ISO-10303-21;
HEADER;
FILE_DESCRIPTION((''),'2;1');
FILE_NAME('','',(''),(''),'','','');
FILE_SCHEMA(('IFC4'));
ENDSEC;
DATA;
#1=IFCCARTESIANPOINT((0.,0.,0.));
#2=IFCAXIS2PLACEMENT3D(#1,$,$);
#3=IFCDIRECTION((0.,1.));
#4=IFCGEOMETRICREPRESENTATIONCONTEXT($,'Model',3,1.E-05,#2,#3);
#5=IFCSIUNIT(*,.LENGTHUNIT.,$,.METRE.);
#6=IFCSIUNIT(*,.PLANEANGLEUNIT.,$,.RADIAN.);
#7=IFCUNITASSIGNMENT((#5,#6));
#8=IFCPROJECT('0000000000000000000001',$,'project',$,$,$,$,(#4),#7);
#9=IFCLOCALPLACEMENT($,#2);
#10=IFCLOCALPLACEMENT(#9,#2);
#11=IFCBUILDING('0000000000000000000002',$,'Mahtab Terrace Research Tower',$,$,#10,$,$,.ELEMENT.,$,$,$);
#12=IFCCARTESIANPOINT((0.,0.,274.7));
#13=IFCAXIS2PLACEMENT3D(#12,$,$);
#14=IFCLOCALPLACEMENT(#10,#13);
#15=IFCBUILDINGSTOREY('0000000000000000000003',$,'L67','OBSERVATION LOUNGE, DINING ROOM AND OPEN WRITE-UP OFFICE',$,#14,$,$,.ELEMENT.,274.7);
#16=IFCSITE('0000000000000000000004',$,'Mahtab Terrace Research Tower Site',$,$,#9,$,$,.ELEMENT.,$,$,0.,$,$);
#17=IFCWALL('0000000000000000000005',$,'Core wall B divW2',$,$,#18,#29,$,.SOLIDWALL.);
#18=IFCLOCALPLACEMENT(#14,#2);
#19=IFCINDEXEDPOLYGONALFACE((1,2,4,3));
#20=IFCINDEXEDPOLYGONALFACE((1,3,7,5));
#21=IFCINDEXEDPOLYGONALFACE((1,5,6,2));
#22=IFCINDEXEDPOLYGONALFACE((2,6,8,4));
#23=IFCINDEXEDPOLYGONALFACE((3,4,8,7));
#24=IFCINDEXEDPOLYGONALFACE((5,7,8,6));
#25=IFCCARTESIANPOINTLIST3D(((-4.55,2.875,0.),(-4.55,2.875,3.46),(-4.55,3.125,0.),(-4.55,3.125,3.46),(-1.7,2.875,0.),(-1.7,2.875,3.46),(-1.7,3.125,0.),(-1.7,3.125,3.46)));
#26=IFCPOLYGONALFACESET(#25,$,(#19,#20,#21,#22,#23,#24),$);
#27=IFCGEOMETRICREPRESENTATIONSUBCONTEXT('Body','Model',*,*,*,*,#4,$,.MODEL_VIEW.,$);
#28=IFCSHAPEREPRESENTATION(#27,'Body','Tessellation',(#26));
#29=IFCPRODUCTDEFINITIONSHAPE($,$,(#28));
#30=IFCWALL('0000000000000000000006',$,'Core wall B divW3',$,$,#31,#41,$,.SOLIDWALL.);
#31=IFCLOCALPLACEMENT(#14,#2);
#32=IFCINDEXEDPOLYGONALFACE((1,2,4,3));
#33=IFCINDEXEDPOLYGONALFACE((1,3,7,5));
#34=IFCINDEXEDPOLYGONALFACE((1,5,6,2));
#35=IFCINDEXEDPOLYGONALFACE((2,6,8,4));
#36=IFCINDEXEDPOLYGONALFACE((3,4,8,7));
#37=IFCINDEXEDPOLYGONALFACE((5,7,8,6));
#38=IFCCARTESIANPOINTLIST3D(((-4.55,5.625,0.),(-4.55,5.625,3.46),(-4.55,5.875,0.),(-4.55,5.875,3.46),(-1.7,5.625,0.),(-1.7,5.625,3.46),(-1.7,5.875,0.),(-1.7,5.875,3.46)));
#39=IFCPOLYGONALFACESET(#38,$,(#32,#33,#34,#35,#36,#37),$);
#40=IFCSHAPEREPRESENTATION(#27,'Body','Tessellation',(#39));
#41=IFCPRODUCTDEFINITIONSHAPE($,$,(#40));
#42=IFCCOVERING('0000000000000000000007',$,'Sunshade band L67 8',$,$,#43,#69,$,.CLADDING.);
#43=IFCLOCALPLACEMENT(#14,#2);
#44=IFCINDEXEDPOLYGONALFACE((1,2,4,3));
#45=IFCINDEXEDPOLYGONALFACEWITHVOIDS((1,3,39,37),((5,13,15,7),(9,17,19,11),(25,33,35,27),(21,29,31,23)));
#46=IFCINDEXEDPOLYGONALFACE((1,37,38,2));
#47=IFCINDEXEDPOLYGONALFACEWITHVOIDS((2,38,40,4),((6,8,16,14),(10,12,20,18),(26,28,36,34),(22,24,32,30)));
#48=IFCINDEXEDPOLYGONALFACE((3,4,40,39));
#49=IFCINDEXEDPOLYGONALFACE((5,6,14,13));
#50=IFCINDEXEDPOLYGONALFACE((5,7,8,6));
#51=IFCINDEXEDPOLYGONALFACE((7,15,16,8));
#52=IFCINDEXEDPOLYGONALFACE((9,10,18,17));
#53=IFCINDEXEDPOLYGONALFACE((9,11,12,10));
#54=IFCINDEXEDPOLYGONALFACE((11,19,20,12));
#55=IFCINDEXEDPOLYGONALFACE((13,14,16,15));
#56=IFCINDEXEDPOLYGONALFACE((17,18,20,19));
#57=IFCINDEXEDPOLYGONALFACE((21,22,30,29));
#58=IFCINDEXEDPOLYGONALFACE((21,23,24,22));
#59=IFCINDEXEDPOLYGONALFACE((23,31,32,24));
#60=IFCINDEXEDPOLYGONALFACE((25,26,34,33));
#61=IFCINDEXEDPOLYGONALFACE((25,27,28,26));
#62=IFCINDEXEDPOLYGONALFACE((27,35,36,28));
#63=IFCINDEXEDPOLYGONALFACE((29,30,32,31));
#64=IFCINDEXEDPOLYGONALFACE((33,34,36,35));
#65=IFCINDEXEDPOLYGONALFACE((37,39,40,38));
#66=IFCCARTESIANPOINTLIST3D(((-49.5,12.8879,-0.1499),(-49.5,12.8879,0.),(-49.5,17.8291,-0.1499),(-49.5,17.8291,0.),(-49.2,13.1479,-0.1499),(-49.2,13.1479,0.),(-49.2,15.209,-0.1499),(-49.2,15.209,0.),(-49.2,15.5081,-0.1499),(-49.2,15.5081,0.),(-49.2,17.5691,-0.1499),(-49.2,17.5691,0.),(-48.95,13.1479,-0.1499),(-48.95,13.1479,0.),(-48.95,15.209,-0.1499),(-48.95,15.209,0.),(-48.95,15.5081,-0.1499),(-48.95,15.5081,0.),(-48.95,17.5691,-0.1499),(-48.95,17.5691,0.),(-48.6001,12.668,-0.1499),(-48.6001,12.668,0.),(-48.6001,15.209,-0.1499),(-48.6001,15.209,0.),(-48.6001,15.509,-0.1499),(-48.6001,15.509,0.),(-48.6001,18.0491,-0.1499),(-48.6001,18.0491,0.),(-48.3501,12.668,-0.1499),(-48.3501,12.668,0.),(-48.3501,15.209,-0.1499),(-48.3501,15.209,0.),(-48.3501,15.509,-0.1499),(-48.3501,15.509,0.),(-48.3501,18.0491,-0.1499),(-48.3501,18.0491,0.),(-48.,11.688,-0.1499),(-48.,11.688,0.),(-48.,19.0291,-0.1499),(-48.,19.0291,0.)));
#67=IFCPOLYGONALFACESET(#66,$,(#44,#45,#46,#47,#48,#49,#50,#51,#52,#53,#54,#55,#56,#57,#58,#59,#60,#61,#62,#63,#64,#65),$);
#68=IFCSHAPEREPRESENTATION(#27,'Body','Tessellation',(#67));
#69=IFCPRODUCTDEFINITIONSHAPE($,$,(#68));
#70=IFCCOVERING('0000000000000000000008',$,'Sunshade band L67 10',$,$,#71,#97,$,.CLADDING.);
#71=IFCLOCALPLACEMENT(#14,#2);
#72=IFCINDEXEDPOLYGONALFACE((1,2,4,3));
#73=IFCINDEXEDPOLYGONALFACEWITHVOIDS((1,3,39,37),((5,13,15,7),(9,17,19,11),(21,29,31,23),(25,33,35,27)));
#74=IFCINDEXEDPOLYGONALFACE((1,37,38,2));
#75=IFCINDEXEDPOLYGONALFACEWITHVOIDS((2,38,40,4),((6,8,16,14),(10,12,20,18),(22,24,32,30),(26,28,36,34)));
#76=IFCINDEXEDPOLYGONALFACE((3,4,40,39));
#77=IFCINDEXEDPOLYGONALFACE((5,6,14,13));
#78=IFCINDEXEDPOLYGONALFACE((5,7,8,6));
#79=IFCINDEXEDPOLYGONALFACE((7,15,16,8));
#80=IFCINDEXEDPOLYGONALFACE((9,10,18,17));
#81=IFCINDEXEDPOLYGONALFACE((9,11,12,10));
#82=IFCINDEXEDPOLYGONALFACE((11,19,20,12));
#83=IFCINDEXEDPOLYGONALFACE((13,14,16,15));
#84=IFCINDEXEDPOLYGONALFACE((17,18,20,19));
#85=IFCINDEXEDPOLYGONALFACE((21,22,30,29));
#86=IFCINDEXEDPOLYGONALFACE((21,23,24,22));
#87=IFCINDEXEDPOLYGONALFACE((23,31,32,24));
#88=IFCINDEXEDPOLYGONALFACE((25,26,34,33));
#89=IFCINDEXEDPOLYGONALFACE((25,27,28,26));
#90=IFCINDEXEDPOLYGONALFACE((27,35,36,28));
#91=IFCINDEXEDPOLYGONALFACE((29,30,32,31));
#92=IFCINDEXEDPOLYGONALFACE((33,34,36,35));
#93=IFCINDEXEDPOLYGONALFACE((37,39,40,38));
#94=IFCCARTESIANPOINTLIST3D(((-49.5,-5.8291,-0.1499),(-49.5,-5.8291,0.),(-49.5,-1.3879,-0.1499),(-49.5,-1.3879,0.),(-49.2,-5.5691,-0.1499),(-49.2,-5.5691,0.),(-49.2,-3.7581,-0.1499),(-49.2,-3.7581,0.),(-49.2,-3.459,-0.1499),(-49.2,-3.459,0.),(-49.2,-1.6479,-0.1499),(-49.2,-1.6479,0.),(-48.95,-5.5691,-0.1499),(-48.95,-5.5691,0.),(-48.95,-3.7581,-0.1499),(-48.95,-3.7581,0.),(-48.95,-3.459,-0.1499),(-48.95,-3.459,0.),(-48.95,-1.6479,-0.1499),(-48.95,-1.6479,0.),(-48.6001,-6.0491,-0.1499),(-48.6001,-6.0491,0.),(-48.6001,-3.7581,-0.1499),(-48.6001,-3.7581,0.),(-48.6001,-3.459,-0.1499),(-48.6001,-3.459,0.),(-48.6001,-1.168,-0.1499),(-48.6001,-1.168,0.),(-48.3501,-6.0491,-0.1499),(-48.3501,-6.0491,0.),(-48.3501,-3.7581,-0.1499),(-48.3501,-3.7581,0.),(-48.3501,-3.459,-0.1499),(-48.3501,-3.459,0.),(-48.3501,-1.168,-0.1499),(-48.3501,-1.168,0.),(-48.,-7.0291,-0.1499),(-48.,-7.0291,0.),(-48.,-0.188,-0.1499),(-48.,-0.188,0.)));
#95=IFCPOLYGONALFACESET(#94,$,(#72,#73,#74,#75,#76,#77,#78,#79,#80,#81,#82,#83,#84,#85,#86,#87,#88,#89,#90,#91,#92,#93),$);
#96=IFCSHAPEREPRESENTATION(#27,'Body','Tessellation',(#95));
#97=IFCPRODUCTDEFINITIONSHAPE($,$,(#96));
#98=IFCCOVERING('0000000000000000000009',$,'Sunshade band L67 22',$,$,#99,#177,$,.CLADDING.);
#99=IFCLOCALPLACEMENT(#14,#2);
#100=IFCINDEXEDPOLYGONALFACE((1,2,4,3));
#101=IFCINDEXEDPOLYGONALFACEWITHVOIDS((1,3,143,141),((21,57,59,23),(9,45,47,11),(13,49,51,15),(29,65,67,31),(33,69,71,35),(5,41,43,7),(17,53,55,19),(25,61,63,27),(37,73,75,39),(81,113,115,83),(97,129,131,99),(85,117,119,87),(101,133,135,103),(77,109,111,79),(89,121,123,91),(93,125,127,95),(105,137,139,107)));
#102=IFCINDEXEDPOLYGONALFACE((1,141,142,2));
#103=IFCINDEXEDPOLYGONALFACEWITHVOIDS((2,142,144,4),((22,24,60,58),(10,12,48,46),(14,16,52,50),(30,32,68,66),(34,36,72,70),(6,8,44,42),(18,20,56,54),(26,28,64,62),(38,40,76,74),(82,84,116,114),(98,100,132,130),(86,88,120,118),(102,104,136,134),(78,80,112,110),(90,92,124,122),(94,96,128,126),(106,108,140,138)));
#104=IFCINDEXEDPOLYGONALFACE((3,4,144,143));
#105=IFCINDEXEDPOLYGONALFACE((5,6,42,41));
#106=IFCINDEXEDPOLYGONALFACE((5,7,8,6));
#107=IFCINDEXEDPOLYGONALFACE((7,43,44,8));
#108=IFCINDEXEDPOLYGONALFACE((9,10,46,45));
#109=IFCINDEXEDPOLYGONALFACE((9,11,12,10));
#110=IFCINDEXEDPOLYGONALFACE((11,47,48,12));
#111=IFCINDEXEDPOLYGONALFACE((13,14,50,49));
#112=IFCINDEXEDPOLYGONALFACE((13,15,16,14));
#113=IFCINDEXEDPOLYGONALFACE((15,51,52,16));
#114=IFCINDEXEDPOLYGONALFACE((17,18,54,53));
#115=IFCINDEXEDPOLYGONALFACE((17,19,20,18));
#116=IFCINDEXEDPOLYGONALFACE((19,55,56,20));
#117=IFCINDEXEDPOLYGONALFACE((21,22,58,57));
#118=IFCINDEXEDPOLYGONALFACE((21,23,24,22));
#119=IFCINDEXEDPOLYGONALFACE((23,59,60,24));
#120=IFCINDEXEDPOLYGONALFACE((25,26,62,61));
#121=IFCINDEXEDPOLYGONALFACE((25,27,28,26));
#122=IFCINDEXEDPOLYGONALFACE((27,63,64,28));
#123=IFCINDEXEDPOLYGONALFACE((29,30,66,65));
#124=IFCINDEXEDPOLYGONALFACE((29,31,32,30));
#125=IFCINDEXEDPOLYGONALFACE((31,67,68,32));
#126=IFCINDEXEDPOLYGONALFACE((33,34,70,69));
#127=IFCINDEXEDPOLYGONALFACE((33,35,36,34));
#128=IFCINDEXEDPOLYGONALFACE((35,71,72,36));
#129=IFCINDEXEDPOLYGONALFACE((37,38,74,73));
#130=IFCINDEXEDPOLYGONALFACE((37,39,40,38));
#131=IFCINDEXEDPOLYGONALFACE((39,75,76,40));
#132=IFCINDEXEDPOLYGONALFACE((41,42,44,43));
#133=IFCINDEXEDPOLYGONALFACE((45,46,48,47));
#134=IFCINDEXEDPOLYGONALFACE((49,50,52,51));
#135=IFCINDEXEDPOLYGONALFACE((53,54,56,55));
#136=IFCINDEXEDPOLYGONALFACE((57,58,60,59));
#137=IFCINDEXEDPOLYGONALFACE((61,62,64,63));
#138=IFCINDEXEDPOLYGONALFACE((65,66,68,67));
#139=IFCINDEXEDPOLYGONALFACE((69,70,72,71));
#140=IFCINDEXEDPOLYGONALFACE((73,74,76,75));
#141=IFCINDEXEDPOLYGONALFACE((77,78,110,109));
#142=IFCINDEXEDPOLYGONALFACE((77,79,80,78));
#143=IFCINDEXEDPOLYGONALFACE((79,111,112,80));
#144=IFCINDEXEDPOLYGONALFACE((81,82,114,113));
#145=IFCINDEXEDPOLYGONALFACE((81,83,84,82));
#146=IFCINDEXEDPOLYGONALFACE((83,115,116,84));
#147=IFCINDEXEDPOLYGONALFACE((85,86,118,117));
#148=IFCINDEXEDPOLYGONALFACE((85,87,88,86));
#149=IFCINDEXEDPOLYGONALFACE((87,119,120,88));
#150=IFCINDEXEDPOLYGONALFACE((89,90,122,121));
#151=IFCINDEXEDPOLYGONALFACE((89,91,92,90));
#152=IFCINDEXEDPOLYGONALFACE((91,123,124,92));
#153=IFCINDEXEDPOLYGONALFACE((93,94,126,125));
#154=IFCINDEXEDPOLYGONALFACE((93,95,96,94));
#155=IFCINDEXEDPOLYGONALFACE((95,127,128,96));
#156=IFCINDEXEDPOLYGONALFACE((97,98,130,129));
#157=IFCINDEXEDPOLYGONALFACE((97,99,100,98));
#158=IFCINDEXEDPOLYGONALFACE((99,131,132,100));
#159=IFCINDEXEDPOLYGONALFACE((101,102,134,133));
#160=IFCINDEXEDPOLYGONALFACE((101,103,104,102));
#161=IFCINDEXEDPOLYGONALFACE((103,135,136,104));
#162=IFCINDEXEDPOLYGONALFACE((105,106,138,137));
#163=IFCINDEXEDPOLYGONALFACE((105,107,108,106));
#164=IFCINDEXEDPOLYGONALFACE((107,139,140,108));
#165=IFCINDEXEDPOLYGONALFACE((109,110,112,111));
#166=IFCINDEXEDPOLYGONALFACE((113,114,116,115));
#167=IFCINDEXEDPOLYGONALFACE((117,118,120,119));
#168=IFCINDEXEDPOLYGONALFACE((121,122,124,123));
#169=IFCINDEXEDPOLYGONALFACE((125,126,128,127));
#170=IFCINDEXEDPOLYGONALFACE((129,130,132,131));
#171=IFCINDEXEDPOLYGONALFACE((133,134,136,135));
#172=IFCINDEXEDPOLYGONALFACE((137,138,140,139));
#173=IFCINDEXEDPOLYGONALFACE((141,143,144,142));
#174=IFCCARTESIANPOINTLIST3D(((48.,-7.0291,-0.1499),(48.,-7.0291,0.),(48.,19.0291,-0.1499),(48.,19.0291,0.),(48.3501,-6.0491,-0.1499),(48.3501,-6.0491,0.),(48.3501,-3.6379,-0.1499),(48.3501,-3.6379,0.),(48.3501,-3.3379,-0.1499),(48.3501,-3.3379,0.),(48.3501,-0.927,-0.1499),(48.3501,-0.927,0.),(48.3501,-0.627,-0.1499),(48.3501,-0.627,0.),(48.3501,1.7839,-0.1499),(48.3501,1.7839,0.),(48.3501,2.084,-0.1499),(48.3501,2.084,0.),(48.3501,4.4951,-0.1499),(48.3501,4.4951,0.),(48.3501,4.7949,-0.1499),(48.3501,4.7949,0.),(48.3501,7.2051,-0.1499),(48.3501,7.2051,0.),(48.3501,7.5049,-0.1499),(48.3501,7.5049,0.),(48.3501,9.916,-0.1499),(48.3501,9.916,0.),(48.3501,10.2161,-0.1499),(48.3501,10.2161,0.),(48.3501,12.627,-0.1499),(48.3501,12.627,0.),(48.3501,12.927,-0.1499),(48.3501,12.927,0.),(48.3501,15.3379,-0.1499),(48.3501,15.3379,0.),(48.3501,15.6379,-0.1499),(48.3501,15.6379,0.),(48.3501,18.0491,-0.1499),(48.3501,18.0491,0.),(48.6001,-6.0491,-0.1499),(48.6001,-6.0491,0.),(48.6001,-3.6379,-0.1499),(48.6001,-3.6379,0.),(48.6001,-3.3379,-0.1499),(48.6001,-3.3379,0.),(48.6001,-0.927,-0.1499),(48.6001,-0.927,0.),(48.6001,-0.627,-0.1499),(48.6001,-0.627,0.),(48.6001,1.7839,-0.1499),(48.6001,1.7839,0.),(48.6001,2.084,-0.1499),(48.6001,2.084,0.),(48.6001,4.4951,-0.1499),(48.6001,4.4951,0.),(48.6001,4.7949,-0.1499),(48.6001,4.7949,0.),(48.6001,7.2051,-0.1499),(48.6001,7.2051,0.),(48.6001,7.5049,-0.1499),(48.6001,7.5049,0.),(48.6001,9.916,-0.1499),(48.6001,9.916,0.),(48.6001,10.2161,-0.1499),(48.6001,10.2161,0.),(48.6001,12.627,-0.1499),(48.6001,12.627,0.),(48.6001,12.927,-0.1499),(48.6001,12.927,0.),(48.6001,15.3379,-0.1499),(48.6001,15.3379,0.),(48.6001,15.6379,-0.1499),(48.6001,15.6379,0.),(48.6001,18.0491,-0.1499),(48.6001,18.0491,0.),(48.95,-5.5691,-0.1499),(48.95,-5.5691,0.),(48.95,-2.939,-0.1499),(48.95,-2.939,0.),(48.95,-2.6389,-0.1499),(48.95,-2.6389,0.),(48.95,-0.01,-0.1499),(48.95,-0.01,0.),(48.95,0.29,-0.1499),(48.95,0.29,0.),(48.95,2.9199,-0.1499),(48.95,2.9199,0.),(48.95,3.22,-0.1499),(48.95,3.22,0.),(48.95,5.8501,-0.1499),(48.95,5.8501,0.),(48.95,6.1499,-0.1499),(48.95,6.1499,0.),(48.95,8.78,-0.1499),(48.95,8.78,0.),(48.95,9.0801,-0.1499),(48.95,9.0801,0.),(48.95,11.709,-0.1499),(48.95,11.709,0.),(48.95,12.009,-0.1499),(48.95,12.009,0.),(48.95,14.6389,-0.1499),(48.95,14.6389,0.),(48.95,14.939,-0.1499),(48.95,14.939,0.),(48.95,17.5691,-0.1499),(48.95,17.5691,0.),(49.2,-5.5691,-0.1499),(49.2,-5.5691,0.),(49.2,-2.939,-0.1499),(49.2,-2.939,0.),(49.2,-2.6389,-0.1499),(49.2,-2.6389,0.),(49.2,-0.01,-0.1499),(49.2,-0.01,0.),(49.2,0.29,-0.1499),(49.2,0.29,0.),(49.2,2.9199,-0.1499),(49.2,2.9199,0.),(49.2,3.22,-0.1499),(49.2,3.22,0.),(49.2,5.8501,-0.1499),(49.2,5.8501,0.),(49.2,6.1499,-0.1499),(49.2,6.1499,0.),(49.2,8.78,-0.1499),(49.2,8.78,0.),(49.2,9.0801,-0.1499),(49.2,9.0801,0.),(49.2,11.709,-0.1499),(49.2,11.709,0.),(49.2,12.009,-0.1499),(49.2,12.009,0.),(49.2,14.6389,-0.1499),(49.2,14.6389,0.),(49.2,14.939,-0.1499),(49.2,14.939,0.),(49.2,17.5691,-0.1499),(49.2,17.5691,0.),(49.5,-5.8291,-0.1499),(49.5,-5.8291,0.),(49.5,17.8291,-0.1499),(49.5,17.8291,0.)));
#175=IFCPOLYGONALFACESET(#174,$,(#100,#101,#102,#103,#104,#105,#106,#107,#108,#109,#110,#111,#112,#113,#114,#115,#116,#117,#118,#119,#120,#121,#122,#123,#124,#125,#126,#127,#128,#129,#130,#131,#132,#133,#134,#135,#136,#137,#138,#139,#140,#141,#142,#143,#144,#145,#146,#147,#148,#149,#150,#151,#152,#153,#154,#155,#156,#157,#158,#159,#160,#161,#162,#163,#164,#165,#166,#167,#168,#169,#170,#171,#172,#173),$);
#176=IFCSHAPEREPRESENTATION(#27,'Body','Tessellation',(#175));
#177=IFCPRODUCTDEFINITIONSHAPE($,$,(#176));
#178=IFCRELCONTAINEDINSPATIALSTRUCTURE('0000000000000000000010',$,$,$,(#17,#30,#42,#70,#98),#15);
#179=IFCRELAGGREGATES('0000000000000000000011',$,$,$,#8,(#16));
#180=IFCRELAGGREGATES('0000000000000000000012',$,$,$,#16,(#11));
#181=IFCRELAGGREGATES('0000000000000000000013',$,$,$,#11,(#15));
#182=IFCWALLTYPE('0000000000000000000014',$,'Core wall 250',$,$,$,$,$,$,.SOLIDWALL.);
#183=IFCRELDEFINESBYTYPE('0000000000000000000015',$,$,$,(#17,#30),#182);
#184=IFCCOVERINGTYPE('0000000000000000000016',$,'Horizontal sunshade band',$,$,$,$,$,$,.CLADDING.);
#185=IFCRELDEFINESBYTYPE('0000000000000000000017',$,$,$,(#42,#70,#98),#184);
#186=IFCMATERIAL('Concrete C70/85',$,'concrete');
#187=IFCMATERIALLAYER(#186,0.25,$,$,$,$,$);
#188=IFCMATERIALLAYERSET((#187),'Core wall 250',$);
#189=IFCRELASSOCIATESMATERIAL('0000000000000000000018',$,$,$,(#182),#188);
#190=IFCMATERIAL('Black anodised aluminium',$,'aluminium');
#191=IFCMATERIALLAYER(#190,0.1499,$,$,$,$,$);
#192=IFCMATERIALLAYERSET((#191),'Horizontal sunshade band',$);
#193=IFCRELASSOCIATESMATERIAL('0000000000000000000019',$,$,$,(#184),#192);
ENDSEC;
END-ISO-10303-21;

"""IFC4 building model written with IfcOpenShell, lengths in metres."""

from ifc_helpers import new_model, si_unit, direction, frame, frame_2d, origin, place, context, subcontext, project, spatial, polyline, rectangle, outline, extrude, material, layer, layer_set, type_object, element, save


model = new_model("IFC4")

# Units and contexts
model_context = context("Model", 3, precision=1e-05, world=origin(), true_north=direction((0.0, 1.0)))
body_context = subcontext(model_context, "Body", "Model", "MODEL_VIEW")
ifc_project = project(units=[si_unit("LENGTHUNIT", "METRE"), si_unit("PLANEANGLEUNIT", "RADIAN")], contexts=[model_context])

# Site, building, storey
site_placement = place(None, origin())
site = spatial("IfcSite", under=ifc_project, at=site_placement, Name="Mahtab Terrace Research Tower Site", CompositionType="ELEMENT", RefElevation=0.0)
building_placement = place(site_placement, origin())
building = spatial("IfcBuilding", under=site, at=building_placement, Name="Mahtab Terrace Research Tower", CompositionType="ELEMENT")
storey_placement = place(building_placement, frame((0.0, 0.0, 274.7)))
storey = spatial("IfcBuildingStorey", under=building, at=storey_placement, Name="L67", Description="OBSERVATION LOUNGE, DINING ROOM AND OPEN WRITE-UP OFFICE", CompositionType="ELEMENT", Elevation=274.7)

# Shared definitions
ifc_material_1 = material(Name="Concrete C70/85", Category="concrete")

# Shared definitions
ifc_layer_1 = layer(ifc_material_1, 0.25)
ifc_layer_set_1 = layer_set([ifc_layer_1], Name="Core wall 250")
wall_type_1 = type_object("IfcWallType", Name="Core wall 250", PredefinedType="SOLIDWALL", material=ifc_layer_set_1)

# Walls
for number, where, z_axis, x_axis, name in (
    (1, (-4.55, 3.0, 0.0), (0.0, 0.0, 1.0), (1.0, 0.0, 0.0), "Core wall B divW2"),
    (2, (-4.55, 5.75, 0.0), (0.0, 0.0, 1.0), (1.0, 0.0, 0.0), "Core wall B divW3"),
):
    element("IfcWall", number, at=place(storey_placement, frame(where, z_axis=z_axis, x_axis=x_axis)), inside=storey, type_object=wall_type_1, Name=name, PredefinedType="SOLIDWALL", context=body_context, shape_type="SweptSolid", body=[
        extrude(rectangle(XDim=2.8501, YDim=0.25, at=frame_2d((1.425, 0.0))), origin(), (0.0, 0.0, 1.0), 3.46),
    ])

# Coverings
ifc_material_2 = material(Name="Black anodised aluminium", Category="aluminium")
ifc_layer_2 = layer(ifc_material_2, 0.1499)
ifc_layer_set_2 = layer_set([ifc_layer_2], Name="Horizontal sunshade band")
covering_type = type_object("IfcCoveringType", Name="Horizontal sunshade band", PredefinedType="CLADDING", material=ifc_layer_set_2)
covering_1_placement = place(storey_placement, frame((0.0, 0.0, -0.1499)))
element("IfcCovering", 3, at=covering_1_placement, inside=storey, type_object=covering_type, Name="Sunshade band L67 8", PredefinedType="CLADDING", context=body_context, shape_type="SweptSolid", body=[
    extrude(outline(polyline([(-48.0, 19.0291), (-48.0, 11.688), (-49.5, 12.8879), (-49.5, 17.8291), (-48.0, 19.0291)]), holes=[polyline([(-48.3501, 18.0491), (-48.3501, 15.509), (-48.6001, 15.509), (-48.6001, 18.0491), (-48.3501, 18.0491)]), polyline([(-48.3501, 15.209), (-48.3501, 12.668), (-48.6001, 12.668), (-48.6001, 15.209), (-48.3501, 15.209)]), polyline([(-48.95, 17.5691), (-48.95, 15.5081), (-49.2, 15.5081), (-49.2, 17.5691), (-48.95, 17.5691)]), polyline([(-48.95, 15.209), (-48.95, 13.1479), (-49.2, 13.1479), (-49.2, 15.209), (-48.95, 15.209)])]), origin(), (0.0, 0.0, 1.0), 0.1499),
])
covering_2_placement = place(storey_placement, frame((0.0, 0.0, -0.1499)))
element("IfcCovering", 4, at=covering_2_placement, inside=storey, type_object=covering_type, Name="Sunshade band L67 10", PredefinedType="CLADDING", context=body_context, shape_type="SweptSolid", body=[
    extrude(outline(polyline([(-48.0, -0.188), (-48.0, -7.0291), (-49.5, -5.8291), (-49.5, -1.3879), (-48.0, -0.188)]), holes=[polyline([(-48.3501, -1.168), (-48.3501, -3.459), (-48.6001, -3.459), (-48.6001, -1.168), (-48.3501, -1.168)]), polyline([(-48.3501, -3.7581), (-48.3501, -6.0491), (-48.6001, -6.0491), (-48.6001, -3.7581), (-48.3501, -3.7581)]), polyline([(-48.95, -1.6479), (-48.95, -3.459), (-49.2, -3.459), (-49.2, -1.6479), (-48.95, -1.6479)]), polyline([(-48.95, -3.7581), (-48.95, -5.5691), (-49.2, -5.5691), (-49.2, -3.7581), (-48.95, -3.7581)])]), origin(), (0.0, 0.0, 1.0), 0.1499),
])
covering_3_placement = place(storey_placement, frame((0.0, 0.0, -0.1499)))
element("IfcCovering", 5, at=covering_3_placement, inside=storey, type_object=covering_type, Name="Sunshade band L67 22", PredefinedType="CLADDING", context=body_context, shape_type="SweptSolid", body=[
    extrude(outline(polyline([(48.0, -7.0291), (48.0, 19.0291), (49.5, 17.8291), (49.5, -5.8291), (48.0, -7.0291)]), holes=[polyline([(48.3501, -6.0491), (48.3501, -3.6379), (48.6001, -3.6379), (48.6001, -6.0491), (48.3501, -6.0491)]), polyline([(48.3501, -3.3379), (48.3501, -0.927), (48.6001, -0.927), (48.6001, -3.3379), (48.3501, -3.3379)]), polyline([(48.3501, -0.627), (48.3501, 1.7839), (48.6001, 1.7839), (48.6001, -0.627), (48.3501, -0.627)]), polyline([(48.3501, 2.084), (48.3501, 4.4951), (48.6001, 4.4951), (48.6001, 2.084), (48.3501, 2.084)]), polyline([(48.3501, 4.7949), (48.3501, 7.2051), (48.6001, 7.2051), (48.6001, 4.7949), (48.3501, 4.7949)]), polyline([(48.3501, 7.5049), (48.3501, 9.916), (48.6001, 9.916), (48.6001, 7.5049), (48.3501, 7.5049)]), polyline([(48.3501, 10.2161), (48.3501, 12.627), (48.6001, 12.627), (48.6001, 10.2161), (48.3501, 10.2161)]), polyline([(48.3501, 12.927), (48.3501, 15.3379), (48.6001, 15.3379), (48.6001, 12.927), (48.3501, 12.927)]), polyline([(48.3501, 15.6379), (48.3501, 18.0491), (48.6001, 18.0491), (48.6001, 15.6379), (48.3501, 15.6379)]), polyline([(48.95, -5.5691), (48.95, -2.939), (49.2, -2.939), (49.2, -5.5691), (48.95, -5.5691)]), polyline([(48.95, -2.6389), (48.95, -0.01), (49.2, -0.01), (49.2, -2.6389), (48.95, -2.6389)]), polyline([(48.95, 0.29), (48.95, 2.9199), (49.2, 2.9199), (49.2, 0.29), (48.95, 0.29)]), polyline([(48.95, 3.22), (48.95, 5.8501), (49.2, 5.8501), (49.2, 3.22), (48.95, 3.22)]), polyline([(48.95, 6.1499), (48.95, 8.78), (49.2, 8.78), (49.2, 6.1499), (48.95, 6.1499)]), polyline([(48.95, 9.0801), (48.95, 11.709), (49.2, 11.709), (49.2, 9.0801), (48.95, 9.0801)]), polyline([(48.95, 12.009), (48.95, 14.6389), (49.2, 14.6389), (49.2, 12.009), (48.95, 12.009)]), polyline([(48.95, 14.939), (48.95, 17.5691), (49.2, 17.5691), (49.2, 14.939), (48.95, 14.939)])]), origin(), (0.0, 0.0, 1.0), 0.1499),
])

save(model, "model.ifc")
